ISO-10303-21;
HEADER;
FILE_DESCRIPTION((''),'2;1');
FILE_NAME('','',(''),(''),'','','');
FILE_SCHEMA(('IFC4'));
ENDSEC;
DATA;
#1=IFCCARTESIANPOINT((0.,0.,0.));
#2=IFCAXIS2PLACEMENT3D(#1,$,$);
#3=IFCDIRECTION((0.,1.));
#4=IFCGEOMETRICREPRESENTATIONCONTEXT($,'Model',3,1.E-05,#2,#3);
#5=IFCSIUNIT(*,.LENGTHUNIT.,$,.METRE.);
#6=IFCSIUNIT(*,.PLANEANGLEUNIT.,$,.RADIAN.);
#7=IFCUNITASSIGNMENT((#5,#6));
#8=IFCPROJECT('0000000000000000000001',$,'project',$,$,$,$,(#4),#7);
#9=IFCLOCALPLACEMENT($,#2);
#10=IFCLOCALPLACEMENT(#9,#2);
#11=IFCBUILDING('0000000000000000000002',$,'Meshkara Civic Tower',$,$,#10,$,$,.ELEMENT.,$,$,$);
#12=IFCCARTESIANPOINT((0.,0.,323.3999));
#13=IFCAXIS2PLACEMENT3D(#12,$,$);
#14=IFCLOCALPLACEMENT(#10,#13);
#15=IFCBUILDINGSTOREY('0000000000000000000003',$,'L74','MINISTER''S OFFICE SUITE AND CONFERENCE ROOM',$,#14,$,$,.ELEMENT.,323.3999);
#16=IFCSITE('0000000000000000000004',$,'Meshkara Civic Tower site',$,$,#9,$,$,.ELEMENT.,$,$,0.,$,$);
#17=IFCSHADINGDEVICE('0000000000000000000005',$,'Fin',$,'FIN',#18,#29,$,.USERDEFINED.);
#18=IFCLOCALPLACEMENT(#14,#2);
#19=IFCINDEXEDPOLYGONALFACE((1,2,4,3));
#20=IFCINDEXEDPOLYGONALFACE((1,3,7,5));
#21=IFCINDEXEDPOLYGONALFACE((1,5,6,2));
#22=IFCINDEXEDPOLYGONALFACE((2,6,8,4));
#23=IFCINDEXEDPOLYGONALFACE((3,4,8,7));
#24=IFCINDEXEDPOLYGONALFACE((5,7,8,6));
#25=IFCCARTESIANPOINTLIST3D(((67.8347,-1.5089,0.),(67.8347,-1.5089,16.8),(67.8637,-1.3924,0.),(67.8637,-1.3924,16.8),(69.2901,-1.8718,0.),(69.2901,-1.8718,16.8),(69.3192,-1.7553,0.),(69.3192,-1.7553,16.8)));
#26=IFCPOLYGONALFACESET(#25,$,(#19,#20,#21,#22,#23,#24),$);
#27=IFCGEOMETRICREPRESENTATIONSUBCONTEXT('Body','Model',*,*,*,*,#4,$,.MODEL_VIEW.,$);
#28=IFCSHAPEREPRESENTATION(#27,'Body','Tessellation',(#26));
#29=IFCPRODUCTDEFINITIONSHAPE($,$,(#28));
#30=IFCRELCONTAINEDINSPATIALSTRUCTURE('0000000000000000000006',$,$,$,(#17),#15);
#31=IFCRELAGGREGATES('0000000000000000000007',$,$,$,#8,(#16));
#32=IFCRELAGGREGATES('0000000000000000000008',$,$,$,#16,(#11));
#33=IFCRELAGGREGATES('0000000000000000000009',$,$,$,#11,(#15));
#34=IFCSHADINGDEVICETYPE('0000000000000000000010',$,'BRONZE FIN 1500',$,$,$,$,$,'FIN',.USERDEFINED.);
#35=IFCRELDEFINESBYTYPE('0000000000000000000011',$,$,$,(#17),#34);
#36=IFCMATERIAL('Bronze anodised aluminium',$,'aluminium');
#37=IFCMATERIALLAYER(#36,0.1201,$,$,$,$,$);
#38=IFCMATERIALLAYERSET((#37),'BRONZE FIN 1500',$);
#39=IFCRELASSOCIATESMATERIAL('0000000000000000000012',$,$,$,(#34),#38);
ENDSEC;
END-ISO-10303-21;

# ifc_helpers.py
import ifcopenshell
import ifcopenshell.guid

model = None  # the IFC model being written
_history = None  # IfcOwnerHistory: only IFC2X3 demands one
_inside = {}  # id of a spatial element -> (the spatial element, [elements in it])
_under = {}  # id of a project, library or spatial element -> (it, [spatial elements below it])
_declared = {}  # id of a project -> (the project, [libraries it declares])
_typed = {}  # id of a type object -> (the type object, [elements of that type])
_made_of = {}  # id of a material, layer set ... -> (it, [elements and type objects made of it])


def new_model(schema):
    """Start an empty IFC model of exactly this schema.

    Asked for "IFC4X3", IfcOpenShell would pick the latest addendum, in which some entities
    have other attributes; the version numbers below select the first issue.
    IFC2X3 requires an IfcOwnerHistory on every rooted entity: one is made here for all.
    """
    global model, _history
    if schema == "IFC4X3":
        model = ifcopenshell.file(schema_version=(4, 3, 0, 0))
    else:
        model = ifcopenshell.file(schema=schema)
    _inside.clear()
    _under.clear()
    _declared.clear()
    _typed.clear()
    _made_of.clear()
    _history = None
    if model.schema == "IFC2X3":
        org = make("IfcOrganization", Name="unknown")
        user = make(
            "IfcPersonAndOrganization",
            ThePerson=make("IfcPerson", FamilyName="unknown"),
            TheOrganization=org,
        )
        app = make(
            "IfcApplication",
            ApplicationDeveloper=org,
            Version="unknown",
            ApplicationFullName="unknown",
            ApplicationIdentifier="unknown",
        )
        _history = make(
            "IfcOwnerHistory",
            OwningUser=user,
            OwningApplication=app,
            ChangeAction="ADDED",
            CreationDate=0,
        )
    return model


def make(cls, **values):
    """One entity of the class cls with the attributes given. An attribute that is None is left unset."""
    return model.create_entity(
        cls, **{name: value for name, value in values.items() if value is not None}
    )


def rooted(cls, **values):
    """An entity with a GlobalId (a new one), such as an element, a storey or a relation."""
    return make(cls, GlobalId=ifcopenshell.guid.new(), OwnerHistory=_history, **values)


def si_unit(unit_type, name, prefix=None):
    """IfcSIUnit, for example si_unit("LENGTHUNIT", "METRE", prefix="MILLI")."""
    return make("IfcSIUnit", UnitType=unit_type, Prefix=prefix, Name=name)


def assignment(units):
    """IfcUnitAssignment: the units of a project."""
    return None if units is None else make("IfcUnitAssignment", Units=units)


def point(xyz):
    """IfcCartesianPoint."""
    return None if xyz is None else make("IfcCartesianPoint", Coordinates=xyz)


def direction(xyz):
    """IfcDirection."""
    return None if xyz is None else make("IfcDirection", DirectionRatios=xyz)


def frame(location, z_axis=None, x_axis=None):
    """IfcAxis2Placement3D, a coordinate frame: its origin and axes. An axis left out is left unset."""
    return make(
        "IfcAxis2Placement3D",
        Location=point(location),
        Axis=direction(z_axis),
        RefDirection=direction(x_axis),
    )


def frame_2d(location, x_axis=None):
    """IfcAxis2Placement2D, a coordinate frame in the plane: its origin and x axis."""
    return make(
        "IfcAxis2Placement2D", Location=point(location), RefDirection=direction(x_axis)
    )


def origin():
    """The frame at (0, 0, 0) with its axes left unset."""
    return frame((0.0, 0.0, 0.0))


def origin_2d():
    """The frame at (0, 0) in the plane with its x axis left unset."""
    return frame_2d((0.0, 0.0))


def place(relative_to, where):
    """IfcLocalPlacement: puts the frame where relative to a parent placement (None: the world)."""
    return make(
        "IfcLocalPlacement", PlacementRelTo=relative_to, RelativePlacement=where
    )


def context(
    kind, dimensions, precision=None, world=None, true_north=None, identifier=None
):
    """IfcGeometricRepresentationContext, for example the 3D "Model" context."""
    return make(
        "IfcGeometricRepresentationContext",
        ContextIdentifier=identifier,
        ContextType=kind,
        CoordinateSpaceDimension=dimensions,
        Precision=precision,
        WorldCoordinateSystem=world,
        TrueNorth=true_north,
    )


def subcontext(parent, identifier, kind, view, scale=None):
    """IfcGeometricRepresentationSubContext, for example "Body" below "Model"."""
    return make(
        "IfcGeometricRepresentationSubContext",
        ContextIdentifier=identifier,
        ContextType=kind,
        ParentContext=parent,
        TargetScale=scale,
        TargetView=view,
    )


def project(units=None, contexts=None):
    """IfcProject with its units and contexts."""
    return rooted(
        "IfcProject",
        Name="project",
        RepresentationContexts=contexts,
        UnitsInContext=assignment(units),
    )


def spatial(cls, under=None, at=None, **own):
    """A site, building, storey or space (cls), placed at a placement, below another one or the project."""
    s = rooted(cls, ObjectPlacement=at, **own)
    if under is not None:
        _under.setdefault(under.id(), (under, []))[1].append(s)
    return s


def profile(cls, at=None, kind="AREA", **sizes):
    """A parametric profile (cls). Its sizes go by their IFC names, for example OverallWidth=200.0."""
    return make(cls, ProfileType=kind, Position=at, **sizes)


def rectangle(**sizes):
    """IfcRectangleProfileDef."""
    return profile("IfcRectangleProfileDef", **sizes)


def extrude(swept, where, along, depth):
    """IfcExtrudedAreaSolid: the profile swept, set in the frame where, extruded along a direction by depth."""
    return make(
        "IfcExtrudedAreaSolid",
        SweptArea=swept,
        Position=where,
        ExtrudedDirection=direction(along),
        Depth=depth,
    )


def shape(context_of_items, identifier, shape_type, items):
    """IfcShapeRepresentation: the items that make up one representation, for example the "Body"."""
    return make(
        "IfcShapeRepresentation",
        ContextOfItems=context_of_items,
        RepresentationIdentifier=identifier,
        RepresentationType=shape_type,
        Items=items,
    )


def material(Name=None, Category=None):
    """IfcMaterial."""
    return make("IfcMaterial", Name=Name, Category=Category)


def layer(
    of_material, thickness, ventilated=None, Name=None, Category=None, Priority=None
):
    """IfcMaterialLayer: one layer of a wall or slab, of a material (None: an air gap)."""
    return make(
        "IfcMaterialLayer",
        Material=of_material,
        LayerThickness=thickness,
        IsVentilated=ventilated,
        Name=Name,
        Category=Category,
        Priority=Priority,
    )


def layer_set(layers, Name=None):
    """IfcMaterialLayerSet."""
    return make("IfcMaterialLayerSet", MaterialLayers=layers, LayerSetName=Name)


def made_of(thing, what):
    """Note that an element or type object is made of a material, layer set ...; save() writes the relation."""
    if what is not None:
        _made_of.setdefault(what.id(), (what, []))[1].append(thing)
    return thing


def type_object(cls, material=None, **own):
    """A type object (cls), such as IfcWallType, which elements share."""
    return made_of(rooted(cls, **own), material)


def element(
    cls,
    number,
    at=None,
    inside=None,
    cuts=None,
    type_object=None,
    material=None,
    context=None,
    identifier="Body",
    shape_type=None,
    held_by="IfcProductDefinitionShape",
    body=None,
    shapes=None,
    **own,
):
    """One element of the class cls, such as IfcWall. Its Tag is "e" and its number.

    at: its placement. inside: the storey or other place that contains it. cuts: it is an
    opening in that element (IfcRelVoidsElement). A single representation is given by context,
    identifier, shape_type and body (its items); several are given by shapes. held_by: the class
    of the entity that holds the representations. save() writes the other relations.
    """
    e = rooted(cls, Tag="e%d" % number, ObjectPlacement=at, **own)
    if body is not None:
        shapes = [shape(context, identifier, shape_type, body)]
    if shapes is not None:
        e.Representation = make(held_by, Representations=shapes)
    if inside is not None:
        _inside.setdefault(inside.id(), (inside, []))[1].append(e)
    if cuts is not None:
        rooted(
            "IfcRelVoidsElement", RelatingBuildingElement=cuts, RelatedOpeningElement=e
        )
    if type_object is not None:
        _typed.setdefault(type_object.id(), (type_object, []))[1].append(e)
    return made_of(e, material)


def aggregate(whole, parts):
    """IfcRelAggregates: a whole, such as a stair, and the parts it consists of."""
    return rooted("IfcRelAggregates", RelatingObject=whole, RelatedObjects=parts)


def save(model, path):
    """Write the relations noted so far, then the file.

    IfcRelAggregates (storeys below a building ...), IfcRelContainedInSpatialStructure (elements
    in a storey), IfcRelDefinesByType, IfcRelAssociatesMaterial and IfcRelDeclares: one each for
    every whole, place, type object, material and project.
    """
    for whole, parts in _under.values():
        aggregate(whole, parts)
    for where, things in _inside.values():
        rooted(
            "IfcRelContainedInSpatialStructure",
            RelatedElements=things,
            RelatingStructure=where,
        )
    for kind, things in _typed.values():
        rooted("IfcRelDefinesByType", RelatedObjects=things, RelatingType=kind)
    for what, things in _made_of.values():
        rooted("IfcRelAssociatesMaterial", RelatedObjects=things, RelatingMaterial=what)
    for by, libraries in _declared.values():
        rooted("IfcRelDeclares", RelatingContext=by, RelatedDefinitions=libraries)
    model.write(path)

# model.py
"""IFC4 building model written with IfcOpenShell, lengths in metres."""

from ifc_helpers import new_model, si_unit, direction, frame, origin, origin_2d, place, context, subcontext, project, spatial, rectangle, extrude, material, layer, layer_set, type_object, element, save


model = new_model("IFC4")

# Units and contexts
model_context = context("Model", 3, precision=1e-05, world=origin(), true_north=direction((0.0, 1.0)))
body_context = subcontext(model_context, "Body", "Model", "MODEL_VIEW")
ifc_project = project(units=[si_unit("LENGTHUNIT", "METRE"), si_unit("PLANEANGLEUNIT", "RADIAN")], contexts=[model_context])

# Site, building, storey
site_placement = place(None, origin())
site = spatial("IfcSite", under=ifc_project, at=site_placement, Name="Meshkara Civic Tower site", CompositionType="ELEMENT", RefElevation=0.0)
building_placement = place(site_placement, origin())
building = spatial("IfcBuilding", under=site, at=building_placement, Name="Meshkara Civic Tower", CompositionType="ELEMENT")
storey_placement = place(building_placement, frame((0.0, 0.0, 323.3999)))
storey = spatial("IfcBuildingStorey", under=building, at=storey_placement, Name="L74", Description="MINISTER'S OFFICE SUITE AND CONFERENCE ROOM", CompositionType="ELEMENT", Elevation=323.3999)

# Shading device
ifc_material_1 = material(Name="Bronze anodised aluminium", Category="aluminium")
ifc_layer_1 = layer(ifc_material_1, 0.1201)
ifc_layer_set_1 = layer_set([ifc_layer_1], Name="BRONZE FIN 1500")
shading_device_type = type_object("IfcShadingDeviceType", Name="BRONZE FIN 1500", ElementType="FIN", PredefinedType="USERDEFINED", material=ifc_layer_set_1)
shading_device_placement = place(storey_placement, frame((68.5769, -1.6321, 0.0), z_axis=(0.0, 0.0, 1.0), x_axis=(0.241939, 0.970292, 0.0)))
element("IfcShadingDevice", 1, at=shading_device_placement, inside=storey, type_object=shading_device_type, Name="Fin", ObjectType="FIN", PredefinedType="USERDEFINED", context=body_context, shape_type="SweptSolid", body=[
    extrude(rectangle(XDim=0.1201, YDim=1.5, at=origin_2d()), origin(), (0.0, 0.0, 1.0), 16.8),
])

save(model, "model.ifc")
